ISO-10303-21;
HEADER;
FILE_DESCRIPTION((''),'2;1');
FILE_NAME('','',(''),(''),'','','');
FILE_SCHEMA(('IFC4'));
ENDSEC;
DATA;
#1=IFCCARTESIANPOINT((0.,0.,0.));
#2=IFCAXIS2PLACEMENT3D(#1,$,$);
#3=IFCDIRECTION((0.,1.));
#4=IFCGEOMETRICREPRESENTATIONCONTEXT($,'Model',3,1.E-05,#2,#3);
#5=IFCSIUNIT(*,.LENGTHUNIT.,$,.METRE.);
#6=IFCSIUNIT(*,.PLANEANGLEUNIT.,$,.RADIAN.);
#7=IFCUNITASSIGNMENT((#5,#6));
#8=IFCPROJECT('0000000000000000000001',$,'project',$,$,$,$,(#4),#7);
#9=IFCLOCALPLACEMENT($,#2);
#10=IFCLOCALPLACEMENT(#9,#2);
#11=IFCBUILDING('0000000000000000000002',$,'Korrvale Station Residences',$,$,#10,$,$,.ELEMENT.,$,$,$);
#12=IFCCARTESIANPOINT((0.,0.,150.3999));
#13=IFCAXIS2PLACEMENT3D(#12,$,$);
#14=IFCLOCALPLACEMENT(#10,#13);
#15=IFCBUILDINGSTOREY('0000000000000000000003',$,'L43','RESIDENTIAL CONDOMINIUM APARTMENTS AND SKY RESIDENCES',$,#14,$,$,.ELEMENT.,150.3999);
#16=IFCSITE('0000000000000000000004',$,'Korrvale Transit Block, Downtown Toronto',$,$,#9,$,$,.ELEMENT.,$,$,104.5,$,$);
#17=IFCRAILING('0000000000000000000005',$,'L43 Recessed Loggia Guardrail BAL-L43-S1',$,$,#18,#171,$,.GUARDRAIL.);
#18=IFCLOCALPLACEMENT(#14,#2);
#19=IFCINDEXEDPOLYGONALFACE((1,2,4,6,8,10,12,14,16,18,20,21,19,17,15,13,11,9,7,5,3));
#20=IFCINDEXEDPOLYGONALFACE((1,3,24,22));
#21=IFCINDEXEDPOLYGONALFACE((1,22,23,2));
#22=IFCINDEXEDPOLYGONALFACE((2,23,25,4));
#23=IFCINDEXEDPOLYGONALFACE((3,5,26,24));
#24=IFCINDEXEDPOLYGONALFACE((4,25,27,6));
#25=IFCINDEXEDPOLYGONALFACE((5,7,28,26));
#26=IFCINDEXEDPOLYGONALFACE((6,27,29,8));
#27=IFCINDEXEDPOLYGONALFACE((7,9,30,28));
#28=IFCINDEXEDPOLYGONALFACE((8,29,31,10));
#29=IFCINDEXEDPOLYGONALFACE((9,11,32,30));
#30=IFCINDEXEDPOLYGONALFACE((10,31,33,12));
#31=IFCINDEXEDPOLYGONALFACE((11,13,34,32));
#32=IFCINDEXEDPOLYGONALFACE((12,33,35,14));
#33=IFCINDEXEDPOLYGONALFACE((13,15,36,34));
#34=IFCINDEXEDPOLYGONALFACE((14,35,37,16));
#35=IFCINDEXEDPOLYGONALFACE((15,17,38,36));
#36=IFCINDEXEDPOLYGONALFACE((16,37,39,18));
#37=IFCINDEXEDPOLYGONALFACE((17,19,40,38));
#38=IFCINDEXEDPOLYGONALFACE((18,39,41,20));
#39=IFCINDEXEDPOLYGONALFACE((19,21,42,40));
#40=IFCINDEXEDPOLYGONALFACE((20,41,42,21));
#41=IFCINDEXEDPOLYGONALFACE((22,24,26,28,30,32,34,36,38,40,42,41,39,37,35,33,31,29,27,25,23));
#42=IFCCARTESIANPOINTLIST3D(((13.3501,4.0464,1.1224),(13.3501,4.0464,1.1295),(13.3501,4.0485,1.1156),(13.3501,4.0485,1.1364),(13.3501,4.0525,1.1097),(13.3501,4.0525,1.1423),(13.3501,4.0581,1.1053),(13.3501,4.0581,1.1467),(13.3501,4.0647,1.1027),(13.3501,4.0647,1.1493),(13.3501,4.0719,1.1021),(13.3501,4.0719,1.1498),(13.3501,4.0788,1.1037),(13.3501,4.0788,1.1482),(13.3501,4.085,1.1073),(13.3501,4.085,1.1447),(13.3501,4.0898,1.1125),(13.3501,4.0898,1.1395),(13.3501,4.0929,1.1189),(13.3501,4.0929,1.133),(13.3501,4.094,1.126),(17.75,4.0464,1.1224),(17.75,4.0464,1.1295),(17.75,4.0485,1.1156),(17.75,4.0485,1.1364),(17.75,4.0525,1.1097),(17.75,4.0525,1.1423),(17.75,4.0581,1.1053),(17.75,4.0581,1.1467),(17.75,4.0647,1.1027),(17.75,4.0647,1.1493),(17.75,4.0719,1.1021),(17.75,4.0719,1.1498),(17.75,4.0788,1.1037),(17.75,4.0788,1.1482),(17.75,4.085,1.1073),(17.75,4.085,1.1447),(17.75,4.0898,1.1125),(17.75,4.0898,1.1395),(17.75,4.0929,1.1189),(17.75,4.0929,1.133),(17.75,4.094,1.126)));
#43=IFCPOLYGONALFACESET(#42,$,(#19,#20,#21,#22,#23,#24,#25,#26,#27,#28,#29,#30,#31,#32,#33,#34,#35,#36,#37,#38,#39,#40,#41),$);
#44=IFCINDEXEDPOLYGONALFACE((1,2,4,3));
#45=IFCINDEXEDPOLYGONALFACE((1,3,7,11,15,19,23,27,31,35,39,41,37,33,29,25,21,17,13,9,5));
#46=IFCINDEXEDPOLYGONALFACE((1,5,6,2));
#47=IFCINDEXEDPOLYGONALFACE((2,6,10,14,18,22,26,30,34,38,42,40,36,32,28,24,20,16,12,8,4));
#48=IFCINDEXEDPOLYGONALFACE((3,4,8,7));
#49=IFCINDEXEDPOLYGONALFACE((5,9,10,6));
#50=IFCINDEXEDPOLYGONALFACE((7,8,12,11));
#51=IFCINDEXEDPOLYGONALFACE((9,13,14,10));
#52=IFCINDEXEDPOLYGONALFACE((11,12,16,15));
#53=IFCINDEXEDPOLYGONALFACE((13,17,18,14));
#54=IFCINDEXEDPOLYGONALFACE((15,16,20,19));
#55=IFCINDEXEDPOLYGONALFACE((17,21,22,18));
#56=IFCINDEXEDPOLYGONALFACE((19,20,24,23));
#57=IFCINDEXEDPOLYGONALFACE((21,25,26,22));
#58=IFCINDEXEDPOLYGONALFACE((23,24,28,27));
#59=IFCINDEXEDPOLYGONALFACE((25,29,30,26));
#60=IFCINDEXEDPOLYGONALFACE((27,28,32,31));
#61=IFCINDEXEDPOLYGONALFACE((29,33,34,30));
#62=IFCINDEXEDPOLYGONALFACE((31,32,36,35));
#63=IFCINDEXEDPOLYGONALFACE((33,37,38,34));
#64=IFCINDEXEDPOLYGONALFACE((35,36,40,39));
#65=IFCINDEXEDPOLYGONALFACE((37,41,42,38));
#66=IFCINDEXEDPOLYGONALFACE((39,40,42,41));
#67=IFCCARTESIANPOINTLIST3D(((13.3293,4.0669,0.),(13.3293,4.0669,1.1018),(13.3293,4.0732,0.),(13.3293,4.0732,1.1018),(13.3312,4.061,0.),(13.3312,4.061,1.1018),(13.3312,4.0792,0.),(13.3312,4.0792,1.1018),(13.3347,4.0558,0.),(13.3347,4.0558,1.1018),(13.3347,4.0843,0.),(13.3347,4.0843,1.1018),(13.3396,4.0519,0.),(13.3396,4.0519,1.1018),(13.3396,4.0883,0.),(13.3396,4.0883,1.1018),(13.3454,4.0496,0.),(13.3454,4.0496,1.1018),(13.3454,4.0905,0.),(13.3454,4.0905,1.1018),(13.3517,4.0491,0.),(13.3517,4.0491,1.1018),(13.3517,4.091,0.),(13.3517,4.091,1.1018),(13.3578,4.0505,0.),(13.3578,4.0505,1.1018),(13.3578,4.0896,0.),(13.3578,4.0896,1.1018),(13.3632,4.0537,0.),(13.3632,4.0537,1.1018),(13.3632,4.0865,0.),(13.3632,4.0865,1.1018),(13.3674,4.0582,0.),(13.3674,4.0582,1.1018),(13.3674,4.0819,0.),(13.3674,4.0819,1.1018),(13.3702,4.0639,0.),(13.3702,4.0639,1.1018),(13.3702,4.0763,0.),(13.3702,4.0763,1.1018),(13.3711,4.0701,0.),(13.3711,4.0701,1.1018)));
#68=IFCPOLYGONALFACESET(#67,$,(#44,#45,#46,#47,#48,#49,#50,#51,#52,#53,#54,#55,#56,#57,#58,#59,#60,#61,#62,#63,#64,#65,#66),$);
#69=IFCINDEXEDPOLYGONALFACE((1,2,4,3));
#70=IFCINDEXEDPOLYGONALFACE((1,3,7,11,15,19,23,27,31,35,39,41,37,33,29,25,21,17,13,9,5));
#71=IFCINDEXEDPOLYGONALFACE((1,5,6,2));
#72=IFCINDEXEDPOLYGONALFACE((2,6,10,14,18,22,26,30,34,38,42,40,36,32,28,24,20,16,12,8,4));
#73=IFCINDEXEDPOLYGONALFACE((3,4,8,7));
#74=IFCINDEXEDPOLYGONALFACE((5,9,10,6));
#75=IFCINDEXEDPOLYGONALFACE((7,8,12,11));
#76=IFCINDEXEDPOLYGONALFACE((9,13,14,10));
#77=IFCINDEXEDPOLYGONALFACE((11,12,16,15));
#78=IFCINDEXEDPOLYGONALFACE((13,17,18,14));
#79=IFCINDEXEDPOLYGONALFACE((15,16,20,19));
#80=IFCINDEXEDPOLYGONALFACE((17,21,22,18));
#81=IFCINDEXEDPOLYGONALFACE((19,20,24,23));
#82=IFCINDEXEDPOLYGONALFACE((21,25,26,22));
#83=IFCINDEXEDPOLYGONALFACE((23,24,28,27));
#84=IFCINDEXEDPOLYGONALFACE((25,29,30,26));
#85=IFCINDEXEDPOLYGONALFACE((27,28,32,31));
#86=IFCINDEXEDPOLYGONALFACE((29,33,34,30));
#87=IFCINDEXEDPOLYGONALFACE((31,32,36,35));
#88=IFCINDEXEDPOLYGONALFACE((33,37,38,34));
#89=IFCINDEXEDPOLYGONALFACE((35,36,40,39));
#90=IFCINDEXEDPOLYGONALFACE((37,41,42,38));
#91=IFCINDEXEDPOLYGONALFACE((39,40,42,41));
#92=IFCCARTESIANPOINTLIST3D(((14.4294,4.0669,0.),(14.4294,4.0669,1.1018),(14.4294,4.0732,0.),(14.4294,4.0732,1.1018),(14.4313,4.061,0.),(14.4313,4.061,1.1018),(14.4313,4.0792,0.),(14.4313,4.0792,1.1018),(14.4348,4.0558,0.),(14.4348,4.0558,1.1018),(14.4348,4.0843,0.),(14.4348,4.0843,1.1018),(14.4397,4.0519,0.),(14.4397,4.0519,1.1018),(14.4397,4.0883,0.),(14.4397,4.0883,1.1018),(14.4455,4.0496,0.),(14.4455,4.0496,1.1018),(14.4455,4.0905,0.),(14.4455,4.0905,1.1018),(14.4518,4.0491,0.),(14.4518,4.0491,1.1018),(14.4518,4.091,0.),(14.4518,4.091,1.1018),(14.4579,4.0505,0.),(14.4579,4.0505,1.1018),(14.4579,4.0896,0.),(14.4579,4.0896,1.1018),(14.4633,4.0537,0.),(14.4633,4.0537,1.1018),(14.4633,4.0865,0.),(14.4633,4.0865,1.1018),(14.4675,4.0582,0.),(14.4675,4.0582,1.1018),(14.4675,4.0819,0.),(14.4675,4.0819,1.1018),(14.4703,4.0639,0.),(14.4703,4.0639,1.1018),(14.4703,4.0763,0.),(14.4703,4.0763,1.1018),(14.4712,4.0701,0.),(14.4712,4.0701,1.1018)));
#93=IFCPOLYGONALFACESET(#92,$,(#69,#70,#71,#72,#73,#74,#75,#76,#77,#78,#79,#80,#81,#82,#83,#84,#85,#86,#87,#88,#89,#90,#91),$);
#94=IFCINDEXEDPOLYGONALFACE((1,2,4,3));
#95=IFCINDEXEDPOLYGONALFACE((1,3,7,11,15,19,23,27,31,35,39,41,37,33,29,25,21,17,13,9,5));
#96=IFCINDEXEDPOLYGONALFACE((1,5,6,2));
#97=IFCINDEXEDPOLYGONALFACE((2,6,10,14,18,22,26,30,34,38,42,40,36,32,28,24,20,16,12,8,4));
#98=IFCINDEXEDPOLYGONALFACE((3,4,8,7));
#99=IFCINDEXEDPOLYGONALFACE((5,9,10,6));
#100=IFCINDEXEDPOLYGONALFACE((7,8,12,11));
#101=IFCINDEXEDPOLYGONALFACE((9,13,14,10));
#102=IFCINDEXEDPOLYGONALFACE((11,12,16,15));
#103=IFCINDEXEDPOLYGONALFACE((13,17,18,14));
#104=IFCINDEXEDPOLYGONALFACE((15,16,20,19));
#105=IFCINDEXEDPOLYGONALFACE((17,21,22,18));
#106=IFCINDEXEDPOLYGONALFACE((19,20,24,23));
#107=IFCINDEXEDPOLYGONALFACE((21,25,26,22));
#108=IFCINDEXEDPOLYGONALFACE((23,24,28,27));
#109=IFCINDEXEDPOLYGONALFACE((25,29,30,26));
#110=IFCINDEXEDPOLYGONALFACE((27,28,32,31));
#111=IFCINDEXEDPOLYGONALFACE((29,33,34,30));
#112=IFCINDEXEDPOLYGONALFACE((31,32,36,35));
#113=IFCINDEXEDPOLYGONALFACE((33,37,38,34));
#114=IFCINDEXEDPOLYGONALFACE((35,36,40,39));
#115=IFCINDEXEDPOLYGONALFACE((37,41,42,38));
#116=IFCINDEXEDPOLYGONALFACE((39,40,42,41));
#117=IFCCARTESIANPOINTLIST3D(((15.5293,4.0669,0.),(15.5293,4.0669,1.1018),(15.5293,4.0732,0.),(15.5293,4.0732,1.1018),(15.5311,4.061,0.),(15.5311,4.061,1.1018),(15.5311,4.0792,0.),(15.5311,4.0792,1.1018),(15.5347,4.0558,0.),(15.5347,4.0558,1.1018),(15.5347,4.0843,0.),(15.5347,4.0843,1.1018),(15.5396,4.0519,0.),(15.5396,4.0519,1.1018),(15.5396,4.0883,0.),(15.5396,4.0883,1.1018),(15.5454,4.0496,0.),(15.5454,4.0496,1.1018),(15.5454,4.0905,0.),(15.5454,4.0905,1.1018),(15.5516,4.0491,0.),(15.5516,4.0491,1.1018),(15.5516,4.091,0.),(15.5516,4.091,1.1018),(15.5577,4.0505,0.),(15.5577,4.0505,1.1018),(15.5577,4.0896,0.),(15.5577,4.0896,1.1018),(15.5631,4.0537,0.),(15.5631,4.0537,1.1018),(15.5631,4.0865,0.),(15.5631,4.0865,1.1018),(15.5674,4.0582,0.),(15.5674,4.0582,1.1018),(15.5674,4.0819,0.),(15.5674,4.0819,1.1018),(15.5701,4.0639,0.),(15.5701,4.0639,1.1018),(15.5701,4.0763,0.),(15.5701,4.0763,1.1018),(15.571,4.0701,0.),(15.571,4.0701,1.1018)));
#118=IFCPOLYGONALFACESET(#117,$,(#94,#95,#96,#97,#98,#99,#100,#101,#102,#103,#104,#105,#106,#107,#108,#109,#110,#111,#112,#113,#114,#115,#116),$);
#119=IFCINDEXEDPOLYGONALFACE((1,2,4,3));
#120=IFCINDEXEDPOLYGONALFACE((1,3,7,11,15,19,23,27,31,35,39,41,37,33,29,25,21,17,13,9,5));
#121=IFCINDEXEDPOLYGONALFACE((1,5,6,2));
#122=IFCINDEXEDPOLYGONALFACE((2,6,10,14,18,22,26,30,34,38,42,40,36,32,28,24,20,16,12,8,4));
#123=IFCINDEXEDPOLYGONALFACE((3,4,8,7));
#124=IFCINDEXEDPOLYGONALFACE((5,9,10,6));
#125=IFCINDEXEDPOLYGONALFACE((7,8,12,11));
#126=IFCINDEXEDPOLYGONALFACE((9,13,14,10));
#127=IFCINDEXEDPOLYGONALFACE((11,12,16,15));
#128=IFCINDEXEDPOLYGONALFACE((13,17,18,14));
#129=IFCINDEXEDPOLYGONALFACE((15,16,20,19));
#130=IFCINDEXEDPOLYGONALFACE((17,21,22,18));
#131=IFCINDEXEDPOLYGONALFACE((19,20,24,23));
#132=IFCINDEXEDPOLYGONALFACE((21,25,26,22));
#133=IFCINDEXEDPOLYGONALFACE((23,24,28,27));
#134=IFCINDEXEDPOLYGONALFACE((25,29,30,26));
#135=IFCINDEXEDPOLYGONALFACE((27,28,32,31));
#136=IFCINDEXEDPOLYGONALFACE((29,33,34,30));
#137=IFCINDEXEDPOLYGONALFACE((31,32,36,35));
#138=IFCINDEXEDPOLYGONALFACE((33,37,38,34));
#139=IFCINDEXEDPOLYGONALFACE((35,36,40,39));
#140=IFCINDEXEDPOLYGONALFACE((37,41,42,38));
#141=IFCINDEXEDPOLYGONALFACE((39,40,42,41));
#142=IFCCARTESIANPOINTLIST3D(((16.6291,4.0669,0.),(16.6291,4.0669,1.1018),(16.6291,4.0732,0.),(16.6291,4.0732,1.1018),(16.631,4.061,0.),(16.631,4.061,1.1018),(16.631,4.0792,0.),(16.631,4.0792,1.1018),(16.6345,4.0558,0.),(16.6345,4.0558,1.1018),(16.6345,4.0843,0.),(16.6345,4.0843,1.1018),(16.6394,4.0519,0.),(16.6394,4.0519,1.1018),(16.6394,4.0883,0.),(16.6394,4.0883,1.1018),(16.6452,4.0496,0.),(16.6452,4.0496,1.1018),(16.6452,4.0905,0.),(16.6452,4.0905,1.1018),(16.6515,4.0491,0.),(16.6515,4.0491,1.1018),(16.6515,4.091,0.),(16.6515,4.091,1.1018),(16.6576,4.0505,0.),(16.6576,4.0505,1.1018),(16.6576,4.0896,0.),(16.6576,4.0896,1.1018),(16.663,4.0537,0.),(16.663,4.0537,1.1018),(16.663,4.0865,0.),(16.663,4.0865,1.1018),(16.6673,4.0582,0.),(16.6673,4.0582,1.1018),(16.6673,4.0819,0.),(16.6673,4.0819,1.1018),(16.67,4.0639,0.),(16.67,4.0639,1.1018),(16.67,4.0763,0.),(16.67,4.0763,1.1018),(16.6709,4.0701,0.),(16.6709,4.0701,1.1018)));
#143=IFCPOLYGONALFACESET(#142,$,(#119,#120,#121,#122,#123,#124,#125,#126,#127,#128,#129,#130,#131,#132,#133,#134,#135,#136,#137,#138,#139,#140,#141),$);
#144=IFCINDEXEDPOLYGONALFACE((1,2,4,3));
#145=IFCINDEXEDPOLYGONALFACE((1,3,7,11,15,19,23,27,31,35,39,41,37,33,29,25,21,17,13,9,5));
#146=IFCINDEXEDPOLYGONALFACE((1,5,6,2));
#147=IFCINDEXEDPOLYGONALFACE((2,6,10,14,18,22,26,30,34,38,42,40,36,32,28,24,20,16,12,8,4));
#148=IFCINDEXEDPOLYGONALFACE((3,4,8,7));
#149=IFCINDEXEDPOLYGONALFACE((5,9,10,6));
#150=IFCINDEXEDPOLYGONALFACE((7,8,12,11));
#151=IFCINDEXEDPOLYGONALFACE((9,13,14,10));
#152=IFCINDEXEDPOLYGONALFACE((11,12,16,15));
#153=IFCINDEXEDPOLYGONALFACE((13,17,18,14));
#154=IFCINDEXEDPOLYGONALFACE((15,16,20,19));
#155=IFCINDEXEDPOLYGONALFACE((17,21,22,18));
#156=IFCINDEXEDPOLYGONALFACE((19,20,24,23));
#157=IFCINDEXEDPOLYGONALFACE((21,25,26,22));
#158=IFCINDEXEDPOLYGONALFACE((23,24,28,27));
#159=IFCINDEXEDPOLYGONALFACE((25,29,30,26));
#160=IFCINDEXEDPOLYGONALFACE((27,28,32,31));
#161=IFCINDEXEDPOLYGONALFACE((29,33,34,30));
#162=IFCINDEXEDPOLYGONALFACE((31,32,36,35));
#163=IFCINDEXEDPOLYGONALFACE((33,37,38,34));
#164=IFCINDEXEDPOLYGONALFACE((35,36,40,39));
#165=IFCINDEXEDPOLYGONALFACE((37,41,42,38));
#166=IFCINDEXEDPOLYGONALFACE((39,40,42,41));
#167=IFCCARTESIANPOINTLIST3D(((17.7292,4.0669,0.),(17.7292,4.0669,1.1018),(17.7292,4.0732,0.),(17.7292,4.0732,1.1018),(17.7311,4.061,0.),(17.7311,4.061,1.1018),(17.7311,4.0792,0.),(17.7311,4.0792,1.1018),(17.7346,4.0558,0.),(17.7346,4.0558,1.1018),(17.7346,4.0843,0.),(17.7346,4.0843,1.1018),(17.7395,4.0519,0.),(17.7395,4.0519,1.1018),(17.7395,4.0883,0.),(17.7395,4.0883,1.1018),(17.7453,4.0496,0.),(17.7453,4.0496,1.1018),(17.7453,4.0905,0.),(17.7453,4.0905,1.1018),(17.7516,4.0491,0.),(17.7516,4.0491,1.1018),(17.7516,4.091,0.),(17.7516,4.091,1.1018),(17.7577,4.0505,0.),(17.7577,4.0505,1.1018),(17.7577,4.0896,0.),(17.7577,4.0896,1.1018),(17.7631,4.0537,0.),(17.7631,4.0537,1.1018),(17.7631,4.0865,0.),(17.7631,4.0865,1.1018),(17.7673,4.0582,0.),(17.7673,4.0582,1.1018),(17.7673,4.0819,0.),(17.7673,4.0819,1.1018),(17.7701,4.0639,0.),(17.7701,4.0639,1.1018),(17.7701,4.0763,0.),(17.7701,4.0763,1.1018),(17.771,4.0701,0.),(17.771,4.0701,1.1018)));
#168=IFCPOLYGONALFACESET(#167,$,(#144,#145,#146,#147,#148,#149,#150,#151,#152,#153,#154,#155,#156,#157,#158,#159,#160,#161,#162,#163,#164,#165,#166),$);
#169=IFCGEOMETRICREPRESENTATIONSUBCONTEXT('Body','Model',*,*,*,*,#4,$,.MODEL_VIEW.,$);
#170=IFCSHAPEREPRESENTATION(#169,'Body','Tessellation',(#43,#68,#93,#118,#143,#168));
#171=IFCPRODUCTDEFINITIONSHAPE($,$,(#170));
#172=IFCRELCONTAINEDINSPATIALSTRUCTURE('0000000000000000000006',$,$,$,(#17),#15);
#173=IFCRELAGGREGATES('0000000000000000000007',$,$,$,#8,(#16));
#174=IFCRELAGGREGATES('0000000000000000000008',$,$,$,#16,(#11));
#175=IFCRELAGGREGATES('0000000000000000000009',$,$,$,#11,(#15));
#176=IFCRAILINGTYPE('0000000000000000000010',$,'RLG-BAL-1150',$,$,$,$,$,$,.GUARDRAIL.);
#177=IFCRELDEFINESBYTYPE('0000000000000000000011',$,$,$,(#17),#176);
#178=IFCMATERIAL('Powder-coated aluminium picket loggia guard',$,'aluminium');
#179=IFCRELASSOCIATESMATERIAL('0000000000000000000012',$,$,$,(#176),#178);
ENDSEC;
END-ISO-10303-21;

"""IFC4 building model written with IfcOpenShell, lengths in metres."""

from ifc_helpers import new_model, si_unit, direction, frame, origin, origin_2d, place, context, subcontext, project, spatial, circle, extrude, material, type_object, element, save


model = new_model("IFC4")

# Units and contexts
model_context = context("Model", 3, precision=1e-05, world=origin(), true_north=direction((0.0, 1.0)))
body_context = subcontext(model_context, "Body", "Model", "MODEL_VIEW")
ifc_project = project(units=[si_unit("LENGTHUNIT", "METRE"), si_unit("PLANEANGLEUNIT", "RADIAN")], contexts=[model_context])

# Site, building, storey
site_placement = place(None, origin())
site = spatial("IfcSite", under=ifc_project, at=site_placement, Name="Korrvale Transit Block, Downtown Toronto", CompositionType="ELEMENT", RefElevation=104.5)
building_placement = place(site_placement, origin())
building = spatial("IfcBuilding", under=site, at=building_placement, Name="Korrvale Station Residences", CompositionType="ELEMENT")
storey_placement = place(building_placement, frame((0.0, 0.0, 150.3999)))
storey = spatial("IfcBuildingStorey", under=building, at=storey_placement, Name="L43", Description="RESIDENTIAL CONDOMINIUM APARTMENTS AND SKY RESIDENCES", CompositionType="ELEMENT", Elevation=150.3999)

# Railing
ifc_material_1 = material(Name="Powder-coated aluminium picket loggia guard", Category="aluminium")
railing_type = type_object("IfcRailingType", Name="RLG-BAL-1150", PredefinedType="GUARDRAIL", material=ifc_material_1)
railing_placement = place(storey_placement, frame((13.3501, 4.0701, 0.0)))
element("IfcRailing", 1, at=railing_placement, inside=storey, type_object=railing_type, Name="L43 Recessed Loggia Guardrail BAL-L43-S1", PredefinedType="GUARDRAIL", context=body_context, shape_type="SweptSolid", body=[
    extrude(circle(Radius=0.0239, at=origin_2d()), frame((0.0, 0.0, 1.126), z_axis=(1.0, 0.0, 0.0), x_axis=(0.0, 1.0, 0.0)), (0.0, 0.0, 1.0), 4.3999),
    extrude(circle(Radius=0.021, at=origin_2d()), origin(), (0.0, 0.0, 1.0), 1.1018),
    extrude(circle(Radius=0.021, at=origin_2d()), frame((1.1001, 0.0, 0.0)), (0.0, 0.0, 1.0), 1.1018),
    extrude(circle(Radius=0.021, at=origin_2d()), frame((2.2, 0.0, 0.0)), (0.0, 0.0, 1.0), 1.1018),
    extrude(circle(Radius=0.021, at=origin_2d()), frame((3.2998, 0.0, 0.0)), (0.0, 0.0, 1.0), 1.1018),
    extrude(circle(Radius=0.021, at=origin_2d()), frame((4.3999, 0.0, 0.0)), (0.0, 0.0, 1.0), 1.1018),
])

save(model, "model.ifc")
